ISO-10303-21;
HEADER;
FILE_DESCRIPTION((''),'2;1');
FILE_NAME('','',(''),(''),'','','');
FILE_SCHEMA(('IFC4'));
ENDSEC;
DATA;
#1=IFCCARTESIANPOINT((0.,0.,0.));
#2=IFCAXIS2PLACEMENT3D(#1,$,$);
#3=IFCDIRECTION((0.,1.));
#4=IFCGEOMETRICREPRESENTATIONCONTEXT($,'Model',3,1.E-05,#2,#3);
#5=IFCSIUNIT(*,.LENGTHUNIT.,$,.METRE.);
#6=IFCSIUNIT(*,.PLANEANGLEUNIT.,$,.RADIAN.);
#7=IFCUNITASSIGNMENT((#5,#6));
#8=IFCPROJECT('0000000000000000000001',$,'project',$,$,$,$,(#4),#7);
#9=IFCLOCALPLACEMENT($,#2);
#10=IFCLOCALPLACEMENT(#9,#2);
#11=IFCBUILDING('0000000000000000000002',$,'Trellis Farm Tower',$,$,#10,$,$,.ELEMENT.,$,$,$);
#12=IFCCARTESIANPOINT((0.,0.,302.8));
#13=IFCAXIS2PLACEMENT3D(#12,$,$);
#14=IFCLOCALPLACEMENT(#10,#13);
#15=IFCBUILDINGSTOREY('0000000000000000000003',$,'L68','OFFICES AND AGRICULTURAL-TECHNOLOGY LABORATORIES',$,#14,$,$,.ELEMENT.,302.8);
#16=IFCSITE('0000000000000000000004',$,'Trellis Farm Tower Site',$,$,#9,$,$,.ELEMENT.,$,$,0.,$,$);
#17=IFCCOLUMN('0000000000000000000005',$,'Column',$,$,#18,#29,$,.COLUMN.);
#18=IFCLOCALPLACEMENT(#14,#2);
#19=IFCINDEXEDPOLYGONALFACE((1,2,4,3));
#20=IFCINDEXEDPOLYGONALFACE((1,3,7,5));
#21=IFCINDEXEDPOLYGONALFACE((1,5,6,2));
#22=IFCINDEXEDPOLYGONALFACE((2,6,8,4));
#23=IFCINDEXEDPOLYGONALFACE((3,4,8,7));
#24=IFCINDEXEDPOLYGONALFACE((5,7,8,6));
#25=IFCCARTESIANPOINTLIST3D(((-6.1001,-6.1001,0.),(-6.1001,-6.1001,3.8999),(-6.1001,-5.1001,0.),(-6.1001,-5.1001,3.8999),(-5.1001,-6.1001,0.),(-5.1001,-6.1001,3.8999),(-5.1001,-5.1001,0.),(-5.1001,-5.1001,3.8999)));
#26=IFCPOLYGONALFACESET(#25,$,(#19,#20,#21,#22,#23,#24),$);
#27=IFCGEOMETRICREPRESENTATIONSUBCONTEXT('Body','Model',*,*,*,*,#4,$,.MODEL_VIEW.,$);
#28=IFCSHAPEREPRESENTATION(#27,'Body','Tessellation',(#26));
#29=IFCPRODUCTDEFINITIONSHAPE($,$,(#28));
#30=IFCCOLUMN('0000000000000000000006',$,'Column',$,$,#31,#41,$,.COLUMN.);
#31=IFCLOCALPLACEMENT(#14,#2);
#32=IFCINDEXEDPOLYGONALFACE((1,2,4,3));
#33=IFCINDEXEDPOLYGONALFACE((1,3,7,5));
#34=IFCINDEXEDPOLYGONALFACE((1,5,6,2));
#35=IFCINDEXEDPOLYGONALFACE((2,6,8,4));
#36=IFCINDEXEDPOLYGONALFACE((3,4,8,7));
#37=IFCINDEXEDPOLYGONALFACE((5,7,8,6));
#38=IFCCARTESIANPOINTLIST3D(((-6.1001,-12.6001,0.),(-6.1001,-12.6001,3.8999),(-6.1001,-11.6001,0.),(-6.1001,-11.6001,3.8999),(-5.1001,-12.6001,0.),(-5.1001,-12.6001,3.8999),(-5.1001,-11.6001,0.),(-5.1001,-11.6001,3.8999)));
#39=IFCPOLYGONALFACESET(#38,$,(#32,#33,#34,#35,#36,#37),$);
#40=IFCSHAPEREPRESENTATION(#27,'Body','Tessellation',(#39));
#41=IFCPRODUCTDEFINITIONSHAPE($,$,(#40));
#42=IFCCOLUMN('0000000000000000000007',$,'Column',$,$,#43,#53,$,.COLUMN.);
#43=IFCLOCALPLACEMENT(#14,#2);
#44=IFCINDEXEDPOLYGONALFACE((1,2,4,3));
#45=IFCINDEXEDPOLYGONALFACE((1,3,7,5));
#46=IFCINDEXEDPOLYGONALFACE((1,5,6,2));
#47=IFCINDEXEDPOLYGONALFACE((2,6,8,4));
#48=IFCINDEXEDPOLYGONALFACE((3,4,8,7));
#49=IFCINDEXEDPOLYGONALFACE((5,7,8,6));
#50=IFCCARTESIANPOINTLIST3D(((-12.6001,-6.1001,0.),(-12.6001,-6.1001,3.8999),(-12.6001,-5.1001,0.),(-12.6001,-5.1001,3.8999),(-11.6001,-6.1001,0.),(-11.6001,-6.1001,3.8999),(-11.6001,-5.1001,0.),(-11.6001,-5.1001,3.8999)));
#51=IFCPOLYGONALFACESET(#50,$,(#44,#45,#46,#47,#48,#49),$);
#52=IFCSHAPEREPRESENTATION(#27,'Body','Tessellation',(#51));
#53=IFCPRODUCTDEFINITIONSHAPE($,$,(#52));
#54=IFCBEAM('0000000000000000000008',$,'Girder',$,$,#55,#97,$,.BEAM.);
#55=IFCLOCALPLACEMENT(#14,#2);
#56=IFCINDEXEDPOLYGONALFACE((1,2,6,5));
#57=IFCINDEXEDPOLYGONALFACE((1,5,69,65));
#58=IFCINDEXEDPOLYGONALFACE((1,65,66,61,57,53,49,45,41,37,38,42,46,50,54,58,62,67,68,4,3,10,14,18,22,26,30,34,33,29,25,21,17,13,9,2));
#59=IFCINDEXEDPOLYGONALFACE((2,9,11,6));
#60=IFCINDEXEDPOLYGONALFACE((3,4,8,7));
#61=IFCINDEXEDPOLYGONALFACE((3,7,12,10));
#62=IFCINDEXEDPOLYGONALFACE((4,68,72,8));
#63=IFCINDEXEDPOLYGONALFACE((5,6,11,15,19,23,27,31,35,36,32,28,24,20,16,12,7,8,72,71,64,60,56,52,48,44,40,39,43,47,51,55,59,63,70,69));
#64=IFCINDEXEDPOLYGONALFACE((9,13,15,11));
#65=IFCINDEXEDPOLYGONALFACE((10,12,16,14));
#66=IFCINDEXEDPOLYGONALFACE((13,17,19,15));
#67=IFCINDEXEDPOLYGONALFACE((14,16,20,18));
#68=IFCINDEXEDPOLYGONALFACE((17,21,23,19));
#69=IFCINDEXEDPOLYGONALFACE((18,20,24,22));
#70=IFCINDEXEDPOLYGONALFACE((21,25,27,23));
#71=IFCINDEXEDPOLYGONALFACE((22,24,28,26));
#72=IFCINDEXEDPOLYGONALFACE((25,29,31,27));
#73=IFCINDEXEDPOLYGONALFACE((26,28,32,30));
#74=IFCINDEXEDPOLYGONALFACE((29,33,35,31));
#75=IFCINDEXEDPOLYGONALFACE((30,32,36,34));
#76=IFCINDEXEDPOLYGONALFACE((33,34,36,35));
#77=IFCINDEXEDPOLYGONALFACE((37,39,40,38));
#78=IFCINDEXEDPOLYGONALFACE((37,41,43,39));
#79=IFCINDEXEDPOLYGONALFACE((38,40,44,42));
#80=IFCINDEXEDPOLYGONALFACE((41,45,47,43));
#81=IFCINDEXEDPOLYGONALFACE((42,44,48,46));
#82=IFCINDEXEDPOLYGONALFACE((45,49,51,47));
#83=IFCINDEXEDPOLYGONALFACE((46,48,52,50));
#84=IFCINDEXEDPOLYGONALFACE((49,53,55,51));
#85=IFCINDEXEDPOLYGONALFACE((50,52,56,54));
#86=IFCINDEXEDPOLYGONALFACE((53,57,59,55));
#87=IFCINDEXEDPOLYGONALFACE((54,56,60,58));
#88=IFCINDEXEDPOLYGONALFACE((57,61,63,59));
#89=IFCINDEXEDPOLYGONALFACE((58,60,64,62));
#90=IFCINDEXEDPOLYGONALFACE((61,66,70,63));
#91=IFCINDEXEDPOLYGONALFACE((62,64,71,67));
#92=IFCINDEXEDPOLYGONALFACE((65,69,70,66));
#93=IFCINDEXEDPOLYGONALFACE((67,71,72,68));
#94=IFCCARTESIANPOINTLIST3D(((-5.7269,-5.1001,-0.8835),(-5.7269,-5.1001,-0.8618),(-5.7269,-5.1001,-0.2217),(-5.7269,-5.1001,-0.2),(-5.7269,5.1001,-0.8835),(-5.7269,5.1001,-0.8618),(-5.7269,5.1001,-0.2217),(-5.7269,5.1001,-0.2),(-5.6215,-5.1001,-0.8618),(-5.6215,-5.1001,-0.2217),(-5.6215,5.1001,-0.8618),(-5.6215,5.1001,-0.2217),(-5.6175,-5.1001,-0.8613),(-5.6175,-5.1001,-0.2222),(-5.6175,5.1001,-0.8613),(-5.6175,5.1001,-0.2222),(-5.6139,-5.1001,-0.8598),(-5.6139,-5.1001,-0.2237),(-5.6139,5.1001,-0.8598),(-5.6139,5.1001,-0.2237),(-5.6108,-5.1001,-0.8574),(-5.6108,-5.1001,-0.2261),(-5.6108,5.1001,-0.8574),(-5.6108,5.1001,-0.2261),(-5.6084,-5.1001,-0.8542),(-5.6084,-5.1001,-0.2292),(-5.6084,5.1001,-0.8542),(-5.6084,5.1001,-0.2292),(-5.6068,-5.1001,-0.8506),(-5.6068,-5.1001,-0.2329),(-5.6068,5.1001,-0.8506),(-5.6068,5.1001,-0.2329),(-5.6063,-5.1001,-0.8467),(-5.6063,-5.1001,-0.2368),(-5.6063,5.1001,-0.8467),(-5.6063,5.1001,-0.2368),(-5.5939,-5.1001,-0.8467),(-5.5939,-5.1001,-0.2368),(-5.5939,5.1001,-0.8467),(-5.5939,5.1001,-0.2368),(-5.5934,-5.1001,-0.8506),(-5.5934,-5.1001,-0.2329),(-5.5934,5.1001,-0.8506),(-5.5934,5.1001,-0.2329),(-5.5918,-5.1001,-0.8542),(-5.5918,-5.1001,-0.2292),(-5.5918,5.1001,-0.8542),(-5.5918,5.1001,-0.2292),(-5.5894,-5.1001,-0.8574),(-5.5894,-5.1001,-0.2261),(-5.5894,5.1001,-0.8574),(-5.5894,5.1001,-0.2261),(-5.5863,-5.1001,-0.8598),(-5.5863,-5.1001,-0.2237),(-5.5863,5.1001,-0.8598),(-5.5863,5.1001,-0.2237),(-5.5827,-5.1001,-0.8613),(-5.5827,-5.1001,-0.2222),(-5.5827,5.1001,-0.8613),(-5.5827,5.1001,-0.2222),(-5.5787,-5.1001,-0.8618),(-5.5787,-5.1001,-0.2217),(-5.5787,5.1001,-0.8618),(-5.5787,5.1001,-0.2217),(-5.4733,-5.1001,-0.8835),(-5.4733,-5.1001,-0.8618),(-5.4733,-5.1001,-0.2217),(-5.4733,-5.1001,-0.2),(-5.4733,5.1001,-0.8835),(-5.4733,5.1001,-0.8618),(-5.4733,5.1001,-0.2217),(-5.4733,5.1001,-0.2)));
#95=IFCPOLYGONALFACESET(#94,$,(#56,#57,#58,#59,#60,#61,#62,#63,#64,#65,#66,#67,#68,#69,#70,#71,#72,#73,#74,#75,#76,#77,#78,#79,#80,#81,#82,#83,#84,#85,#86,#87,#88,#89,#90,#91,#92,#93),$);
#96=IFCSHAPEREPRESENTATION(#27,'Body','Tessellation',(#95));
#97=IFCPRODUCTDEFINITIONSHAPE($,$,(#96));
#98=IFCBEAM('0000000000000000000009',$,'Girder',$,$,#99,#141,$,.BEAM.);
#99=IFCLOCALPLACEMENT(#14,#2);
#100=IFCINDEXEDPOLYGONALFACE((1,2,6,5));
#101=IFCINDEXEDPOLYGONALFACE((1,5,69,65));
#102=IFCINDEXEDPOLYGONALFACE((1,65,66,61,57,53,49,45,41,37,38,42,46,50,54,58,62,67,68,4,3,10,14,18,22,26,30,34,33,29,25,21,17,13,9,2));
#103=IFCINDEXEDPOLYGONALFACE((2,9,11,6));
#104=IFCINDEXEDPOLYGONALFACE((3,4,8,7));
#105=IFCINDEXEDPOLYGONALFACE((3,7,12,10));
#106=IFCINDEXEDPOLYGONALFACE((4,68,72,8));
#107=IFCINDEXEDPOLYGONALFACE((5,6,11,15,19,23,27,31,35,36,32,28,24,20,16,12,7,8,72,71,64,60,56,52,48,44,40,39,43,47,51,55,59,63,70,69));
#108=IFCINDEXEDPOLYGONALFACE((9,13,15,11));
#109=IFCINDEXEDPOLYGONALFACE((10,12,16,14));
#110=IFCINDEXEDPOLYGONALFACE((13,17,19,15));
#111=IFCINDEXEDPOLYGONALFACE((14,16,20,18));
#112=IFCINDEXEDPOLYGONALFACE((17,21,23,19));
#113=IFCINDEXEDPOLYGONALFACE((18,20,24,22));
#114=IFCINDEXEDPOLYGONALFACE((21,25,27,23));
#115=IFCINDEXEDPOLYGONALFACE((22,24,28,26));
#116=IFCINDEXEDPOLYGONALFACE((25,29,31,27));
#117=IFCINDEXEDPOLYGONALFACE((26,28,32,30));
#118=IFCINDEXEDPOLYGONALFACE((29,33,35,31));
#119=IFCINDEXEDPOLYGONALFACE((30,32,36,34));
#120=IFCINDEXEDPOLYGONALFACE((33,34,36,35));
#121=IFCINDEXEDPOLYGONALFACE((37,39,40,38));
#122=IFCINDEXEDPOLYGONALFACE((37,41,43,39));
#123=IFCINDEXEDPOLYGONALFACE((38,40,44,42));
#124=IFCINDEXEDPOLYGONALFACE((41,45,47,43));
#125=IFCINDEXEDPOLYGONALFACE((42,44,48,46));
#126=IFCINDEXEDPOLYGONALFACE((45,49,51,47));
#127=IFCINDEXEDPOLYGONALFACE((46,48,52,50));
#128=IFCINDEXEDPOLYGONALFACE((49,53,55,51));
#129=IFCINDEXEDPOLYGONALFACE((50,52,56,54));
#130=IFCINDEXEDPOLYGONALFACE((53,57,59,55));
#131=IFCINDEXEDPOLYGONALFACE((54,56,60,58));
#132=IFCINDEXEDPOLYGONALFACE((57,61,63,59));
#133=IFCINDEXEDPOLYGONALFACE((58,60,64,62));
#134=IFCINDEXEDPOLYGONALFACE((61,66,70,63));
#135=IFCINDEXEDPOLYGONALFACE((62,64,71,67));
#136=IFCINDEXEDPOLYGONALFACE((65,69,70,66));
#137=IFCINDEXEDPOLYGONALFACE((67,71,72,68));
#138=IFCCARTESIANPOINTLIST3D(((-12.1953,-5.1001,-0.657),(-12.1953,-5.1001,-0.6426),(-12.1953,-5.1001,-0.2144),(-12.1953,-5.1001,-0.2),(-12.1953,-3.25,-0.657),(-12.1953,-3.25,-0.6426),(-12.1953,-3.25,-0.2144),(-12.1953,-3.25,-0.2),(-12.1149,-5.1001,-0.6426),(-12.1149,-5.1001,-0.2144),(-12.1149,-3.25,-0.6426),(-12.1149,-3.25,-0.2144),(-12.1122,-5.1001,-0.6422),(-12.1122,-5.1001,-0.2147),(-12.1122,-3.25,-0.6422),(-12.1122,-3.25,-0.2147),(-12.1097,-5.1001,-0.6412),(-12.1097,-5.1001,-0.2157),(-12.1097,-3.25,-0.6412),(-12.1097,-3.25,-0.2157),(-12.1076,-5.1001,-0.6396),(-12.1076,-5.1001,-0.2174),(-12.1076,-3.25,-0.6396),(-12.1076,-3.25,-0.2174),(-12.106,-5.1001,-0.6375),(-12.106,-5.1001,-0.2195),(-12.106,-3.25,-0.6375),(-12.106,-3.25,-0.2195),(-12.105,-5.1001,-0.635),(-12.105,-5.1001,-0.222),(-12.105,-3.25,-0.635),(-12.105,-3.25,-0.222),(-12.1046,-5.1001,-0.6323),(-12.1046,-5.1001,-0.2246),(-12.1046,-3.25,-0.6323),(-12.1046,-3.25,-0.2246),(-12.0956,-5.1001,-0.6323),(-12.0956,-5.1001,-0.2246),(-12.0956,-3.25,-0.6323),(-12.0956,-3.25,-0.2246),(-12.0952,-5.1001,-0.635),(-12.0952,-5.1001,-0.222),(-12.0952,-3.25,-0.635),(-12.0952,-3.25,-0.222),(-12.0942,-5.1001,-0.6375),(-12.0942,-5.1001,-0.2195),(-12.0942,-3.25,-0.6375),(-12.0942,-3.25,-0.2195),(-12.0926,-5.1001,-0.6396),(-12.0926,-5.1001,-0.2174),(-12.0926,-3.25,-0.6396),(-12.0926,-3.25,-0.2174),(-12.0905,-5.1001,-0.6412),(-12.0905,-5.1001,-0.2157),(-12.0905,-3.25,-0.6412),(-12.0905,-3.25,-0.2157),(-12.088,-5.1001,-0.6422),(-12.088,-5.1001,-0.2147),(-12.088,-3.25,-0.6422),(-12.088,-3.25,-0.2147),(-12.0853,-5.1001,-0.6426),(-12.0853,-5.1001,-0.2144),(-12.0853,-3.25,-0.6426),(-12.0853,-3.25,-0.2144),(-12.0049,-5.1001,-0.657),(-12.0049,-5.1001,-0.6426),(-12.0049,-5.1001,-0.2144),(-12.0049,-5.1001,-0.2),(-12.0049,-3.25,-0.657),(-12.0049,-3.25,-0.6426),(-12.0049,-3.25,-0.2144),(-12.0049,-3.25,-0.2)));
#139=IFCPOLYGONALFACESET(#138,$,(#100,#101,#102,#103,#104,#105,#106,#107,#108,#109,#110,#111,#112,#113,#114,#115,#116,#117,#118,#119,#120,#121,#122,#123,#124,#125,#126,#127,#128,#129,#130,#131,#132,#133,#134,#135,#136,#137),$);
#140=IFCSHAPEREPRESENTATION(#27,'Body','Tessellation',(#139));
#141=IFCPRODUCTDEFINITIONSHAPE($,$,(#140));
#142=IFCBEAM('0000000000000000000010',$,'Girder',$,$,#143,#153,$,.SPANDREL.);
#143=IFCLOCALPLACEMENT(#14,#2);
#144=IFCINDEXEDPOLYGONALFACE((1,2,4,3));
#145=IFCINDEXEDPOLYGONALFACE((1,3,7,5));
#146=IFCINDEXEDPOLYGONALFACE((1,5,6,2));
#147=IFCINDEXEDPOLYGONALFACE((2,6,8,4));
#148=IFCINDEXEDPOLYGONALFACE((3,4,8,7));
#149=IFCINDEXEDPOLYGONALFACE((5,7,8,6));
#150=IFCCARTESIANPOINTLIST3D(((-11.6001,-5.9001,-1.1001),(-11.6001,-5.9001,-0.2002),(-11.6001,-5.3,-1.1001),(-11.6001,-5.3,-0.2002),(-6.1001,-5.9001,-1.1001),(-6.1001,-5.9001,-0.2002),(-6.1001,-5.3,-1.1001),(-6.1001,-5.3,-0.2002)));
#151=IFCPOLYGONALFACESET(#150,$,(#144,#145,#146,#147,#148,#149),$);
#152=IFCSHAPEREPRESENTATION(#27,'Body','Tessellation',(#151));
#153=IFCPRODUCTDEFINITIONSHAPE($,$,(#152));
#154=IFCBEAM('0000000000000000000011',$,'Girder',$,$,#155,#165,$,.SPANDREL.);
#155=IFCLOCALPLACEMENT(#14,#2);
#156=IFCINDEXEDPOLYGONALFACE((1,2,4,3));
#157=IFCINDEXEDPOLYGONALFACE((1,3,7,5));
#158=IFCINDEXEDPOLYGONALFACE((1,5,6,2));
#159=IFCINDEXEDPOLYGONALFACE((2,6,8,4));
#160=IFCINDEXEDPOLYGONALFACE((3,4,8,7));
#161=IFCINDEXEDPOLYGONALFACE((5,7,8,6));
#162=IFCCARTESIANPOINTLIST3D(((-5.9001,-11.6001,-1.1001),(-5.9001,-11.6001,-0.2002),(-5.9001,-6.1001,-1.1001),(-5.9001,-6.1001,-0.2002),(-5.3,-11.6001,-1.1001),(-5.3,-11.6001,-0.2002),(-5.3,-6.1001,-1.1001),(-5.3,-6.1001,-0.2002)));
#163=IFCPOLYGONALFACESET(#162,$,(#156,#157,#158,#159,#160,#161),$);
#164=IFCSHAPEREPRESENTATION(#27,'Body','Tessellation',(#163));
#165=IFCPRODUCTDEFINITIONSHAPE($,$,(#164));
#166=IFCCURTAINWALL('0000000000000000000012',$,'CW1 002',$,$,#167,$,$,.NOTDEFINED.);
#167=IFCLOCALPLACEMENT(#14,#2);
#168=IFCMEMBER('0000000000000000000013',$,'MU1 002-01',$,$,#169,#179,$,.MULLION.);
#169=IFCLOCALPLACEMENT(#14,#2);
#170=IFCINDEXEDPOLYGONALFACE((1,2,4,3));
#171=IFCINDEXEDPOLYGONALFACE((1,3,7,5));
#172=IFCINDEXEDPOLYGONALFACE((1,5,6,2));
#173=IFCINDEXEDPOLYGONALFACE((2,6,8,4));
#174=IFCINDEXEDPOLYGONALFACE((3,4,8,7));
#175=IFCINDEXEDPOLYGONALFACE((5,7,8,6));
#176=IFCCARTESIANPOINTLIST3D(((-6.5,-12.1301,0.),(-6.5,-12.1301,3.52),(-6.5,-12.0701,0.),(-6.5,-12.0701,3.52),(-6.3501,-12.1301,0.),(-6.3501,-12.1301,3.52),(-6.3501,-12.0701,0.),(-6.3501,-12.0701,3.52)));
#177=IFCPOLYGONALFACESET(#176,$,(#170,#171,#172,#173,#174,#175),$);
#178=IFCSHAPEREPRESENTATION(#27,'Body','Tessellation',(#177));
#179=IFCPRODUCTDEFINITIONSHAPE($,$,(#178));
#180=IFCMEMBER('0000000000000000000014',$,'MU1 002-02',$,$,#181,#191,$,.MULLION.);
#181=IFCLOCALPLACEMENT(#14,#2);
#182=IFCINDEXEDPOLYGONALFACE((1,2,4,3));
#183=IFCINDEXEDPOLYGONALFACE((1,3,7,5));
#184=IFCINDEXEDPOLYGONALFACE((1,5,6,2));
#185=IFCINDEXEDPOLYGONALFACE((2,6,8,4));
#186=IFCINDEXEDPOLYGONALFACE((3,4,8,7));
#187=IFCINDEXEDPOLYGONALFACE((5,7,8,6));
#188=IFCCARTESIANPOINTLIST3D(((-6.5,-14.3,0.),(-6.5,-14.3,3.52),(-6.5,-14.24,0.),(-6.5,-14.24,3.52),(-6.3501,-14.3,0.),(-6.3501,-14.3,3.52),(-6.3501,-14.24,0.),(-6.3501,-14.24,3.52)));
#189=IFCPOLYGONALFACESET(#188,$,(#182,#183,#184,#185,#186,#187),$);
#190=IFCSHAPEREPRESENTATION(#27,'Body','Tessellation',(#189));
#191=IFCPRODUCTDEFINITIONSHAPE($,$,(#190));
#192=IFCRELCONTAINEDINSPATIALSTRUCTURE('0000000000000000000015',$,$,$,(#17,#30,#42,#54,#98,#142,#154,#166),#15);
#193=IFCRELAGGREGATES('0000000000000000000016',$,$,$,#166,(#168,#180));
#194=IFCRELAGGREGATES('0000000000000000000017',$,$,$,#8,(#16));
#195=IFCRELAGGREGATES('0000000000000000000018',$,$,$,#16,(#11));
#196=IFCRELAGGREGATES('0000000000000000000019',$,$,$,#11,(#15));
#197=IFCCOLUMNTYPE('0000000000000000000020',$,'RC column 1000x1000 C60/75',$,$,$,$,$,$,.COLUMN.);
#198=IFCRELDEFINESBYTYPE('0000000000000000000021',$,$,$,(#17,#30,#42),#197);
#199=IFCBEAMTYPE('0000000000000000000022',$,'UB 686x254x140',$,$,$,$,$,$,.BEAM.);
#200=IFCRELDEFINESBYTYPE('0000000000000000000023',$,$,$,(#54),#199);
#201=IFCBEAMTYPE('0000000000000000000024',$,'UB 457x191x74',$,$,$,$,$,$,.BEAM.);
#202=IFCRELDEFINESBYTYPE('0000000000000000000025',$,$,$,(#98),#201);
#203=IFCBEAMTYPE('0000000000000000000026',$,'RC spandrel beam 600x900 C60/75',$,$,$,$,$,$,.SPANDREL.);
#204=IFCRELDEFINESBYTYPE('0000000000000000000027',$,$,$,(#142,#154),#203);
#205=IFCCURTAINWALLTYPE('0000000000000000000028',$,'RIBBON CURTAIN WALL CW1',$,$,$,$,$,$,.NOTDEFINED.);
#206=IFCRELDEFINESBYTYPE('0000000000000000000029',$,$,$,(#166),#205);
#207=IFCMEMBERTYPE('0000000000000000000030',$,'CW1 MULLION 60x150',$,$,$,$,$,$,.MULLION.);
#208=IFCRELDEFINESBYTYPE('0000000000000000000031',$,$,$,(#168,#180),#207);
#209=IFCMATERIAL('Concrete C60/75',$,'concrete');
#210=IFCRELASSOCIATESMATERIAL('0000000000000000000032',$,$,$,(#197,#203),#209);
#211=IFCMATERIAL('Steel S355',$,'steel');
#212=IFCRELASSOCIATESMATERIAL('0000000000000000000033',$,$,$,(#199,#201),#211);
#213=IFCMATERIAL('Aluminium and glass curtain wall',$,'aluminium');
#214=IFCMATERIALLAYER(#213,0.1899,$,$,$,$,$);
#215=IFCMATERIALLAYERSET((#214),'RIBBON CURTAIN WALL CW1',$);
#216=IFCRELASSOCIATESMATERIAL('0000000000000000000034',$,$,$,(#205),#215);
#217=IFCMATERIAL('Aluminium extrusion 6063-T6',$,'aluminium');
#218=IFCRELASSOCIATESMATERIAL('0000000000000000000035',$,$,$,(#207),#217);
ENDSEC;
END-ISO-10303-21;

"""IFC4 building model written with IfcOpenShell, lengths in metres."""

from ifc_helpers import new_model, si_unit, direction, frame, origin, origin_2d, place, context, subcontext, project, spatial, rectangle, i_section, extrude, source, transform, mapped, material, layer, layer_set, material_profile, profile_set, type_object, element, aggregate, save


model = new_model("IFC4")

# Units and contexts
model_context = context("Model", 3, precision=1e-05, world=origin(), true_north=direction((0.0, 1.0)))
body_context = subcontext(model_context, "Body", "Model", "MODEL_VIEW")
ifc_project = project(units=[si_unit("LENGTHUNIT", "METRE"), si_unit("PLANEANGLEUNIT", "RADIAN")], contexts=[model_context])

# Site, building, storey
site_placement = place(None, origin())
site = spatial("IfcSite", under=ifc_project, at=site_placement, Name="Trellis Farm Tower Site", CompositionType="ELEMENT", RefElevation=0.0)
building_placement = place(site_placement, origin())
building = spatial("IfcBuilding", under=site, at=building_placement, Name="Trellis Farm Tower", CompositionType="ELEMENT")
storey_placement = place(building_placement, frame((0.0, 0.0, 302.8)))
storey = spatial("IfcBuildingStorey", under=building, at=storey_placement, Name="L68", Description="OFFICES AND AGRICULTURAL-TECHNOLOGY LABORATORIES", CompositionType="ELEMENT", Elevation=302.8)

# Columns
ifc_material_1 = material(Name="Concrete C60/75", Category="concrete")
ifc_material_profile_1 = material_profile(ifc_material_1, rectangle(XDim=1.0, YDim=1.0, at=origin_2d()), Name="RC column 1000x1000 C60/75")
ifc_profile_set_1 = profile_set([ifc_material_profile_1], Name="Concrete C60/75")
column_type = type_object("IfcColumnType", Name="RC column 1000x1000 C60/75", PredefinedType="COLUMN", material=ifc_profile_set_1)
shared_shape_1 = source(origin(), body_context, "Body", "SweptSolid", [
    extrude(rectangle(XDim=1.0, YDim=1.0, at=origin_2d()), origin(), (0.0, 0.0, 1.0), 3.8999),
])
for number, where, z_axis, x_axis, name in (
    (1, (-5.6001, -5.6001, 0.0), (0.0, 0.0, 1.0), (1.0, 0.0, 0.0), "Column"),
    (2, (-5.6001, -12.1001, 0.0), (0.0, 0.0, 1.0), (1.0, 0.0, 0.0), "Column"),
    (3, (-12.1001, -5.6001, 0.0), (0.0, 0.0, 1.0), (1.0, 0.0, 0.0), "Column"),
):
    element("IfcColumn", number, at=place(storey_placement, frame(where, z_axis=z_axis, x_axis=x_axis)), inside=storey, type_object=column_type, Name=name, PredefinedType="COLUMN", context=body_context, shape_type="MappedRepresentation", body=[
        mapped(shared_shape_1, transform((0.0, 0.0, 0.0))),
    ])

# Beams
ifc_material_2 = material(Name="Steel S355", Category="steel")
ifc_material_profile_2 = material_profile(ifc_material_2, i_section(OverallWidth=0.2537, OverallDepth=0.6836, WebThickness=0.0125, FlangeThickness=0.0217, FilletRadius=0.0151, at=origin_2d()), Name="UB 686x254x140")
ifc_profile_set_2 = profile_set([ifc_material_profile_2], Name="Steel S355")
beam_type_1 = type_object("IfcBeamType", Name="UB 686x254x140", PredefinedType="BEAM", material=ifc_profile_set_2)
shared_shape_2 = source(origin(), body_context, "Body", "SweptSolid", [
    extrude(i_section(OverallWidth=0.2537, OverallDepth=0.6836, WebThickness=0.0125, FlangeThickness=0.0217, FilletRadius=0.0151, at=origin_2d()), origin(), (0.0, 0.0, 1.0), 10.2002),
])
beam_1_placement = place(storey_placement, frame((-5.6001, -5.1001, -0.5417), z_axis=(0.0, 1.0, 0.0), x_axis=(-1.0, 0.0, 0.0)))
element("IfcBeam", 4, at=beam_1_placement, inside=storey, type_object=beam_type_1, Name="Girder", PredefinedType="BEAM", context=body_context, shape_type="MappedRepresentation", body=[
    mapped(shared_shape_2, transform((0.0, 0.0, 0.0))),
])
ifc_material_profile_3 = material_profile(ifc_material_2, i_section(OverallWidth=0.1904, OverallDepth=0.457, WebThickness=0.009, FlangeThickness=0.0144, FilletRadius=0.0103, at=origin_2d()), Name="UB 457x191x74")
ifc_profile_set_3 = profile_set([ifc_material_profile_3], Name="Steel S355")
beam_type_2 = type_object("IfcBeamType", Name="UB 457x191x74", PredefinedType="BEAM", material=ifc_profile_set_3)
shared_shape_3 = source(origin(), body_context, "Body", "SweptSolid", [
    extrude(i_section(OverallWidth=0.1904, OverallDepth=0.457, WebThickness=0.009, FlangeThickness=0.0144, FilletRadius=0.0103, at=origin_2d()), origin(), (0.0, 0.0, 1.0), 1.8501),
])
beam_2_placement = place(storey_placement, frame((-12.1001, -5.1001, -0.4285), z_axis=(0.0, 1.0, 0.0), x_axis=(-1.0, 0.0, 0.0)))
element("IfcBeam", 5, at=beam_2_placement, inside=storey, type_object=beam_type_2, Name="Girder", PredefinedType="BEAM", context=body_context, shape_type="MappedRepresentation", body=[
    mapped(shared_shape_3, transform((0.0, 0.0, 0.0))),
])
ifc_material_profile_4 = material_profile(ifc_material_1, rectangle(XDim=0.6001, YDim=0.8999, at=origin_2d()), Name="RC spandrel beam 600x900 C60/75")
ifc_profile_set_4 = profile_set([ifc_material_profile_4], Name="Concrete C60/75")
beam_type_3 = type_object("IfcBeamType", Name="RC spandrel beam 600x900 C60/75", PredefinedType="SPANDREL", material=ifc_profile_set_4)
shared_shape_4 = source(origin(), body_context, "Body", "SweptSolid", [
    extrude(rectangle(XDim=0.6001, YDim=0.8999, at=origin_2d()), origin(), (0.0, 0.0, 1.0), 5.5),
])
for number, where, z_axis, x_axis, name in (
    (6, (-11.6001, -5.6001, -0.6501), (1.0, 0.0, 0.0), (0.0, 1.0, 0.0), "Girder"),
    (7, (-5.6001, -11.6001, -0.6501), (0.0, 1.0, 0.0), (-1.0, 0.0, 0.0), "Girder"),
):
    element("IfcBeam", number, at=place(storey_placement, frame(where, z_axis=z_axis, x_axis=x_axis)), inside=storey, type_object=beam_type_3, Name=name, PredefinedType="SPANDREL", context=body_context, shape_type="MappedRepresentation", body=[
        mapped(shared_shape_4, transform((0.0, 0.0, 0.0))),
    ])

# Curtain wall, members
ifc_material_3 = material(Name="Aluminium and glass curtain wall", Category="aluminium")
ifc_layer_1 = layer(ifc_material_3, 0.1899)
ifc_layer_set_1 = layer_set([ifc_layer_1], Name="RIBBON CURTAIN WALL CW1")
curtain_wall_type_1 = type_object("IfcCurtainWallType", Name="RIBBON CURTAIN WALL CW1", PredefinedType="NOTDEFINED", material=ifc_layer_set_1)
placement = place(storey_placement, origin())
curtain_wall_1 = element("IfcCurtainWall", 8, at=placement, inside=storey, type_object=curtain_wall_type_1, Name="CW1 002", PredefinedType="NOTDEFINED")
ifc_material_4 = material(Name="Aluminium extrusion 6063-T6", Category="aluminium")
ifc_material_profile_5 = material_profile(ifc_material_4, rectangle(XDim=0.0601, YDim=0.1499, at=origin_2d()), Name="MULLION 60x150")
ifc_profile_set_5 = profile_set([ifc_material_profile_5], Name="Aluminium extrusion 6063-T6")
member_type_1 = type_object("IfcMemberType", Name="CW1 MULLION 60x150", PredefinedType="MULLION", material=ifc_profile_set_5)
shared_shape_5 = source(origin(), body_context, "Body", "SweptSolid", [
    extrude(rectangle(XDim=0.0601, YDim=0.1499, at=origin_2d()), origin(), (0.0, 0.0, 1.0), 3.52),
])
member_1_placement = place(storey_placement, frame((-6.425, -12.1001, 0.0), z_axis=(0.0, 0.0, 1.0), x_axis=(0.0, -1.0, 0.0)))
member_1 = element("IfcMember", 9, at=member_1_placement, type_object=member_type_1, Name="MU1 002-01", PredefinedType="MULLION", context=body_context, shape_type="MappedRepresentation", body=[
    mapped(shared_shape_5, transform((0.0, 0.0, 0.0))),
])
member_2_placement = place(storey_placement, frame((-6.425, -14.27, 0.0), z_axis=(0.0, 0.0, 1.0), x_axis=(0.0, -1.0, 0.0)))
member_2 = element("IfcMember", 10, at=member_2_placement, type_object=member_type_1, Name="MU1 002-02", PredefinedType="MULLION", context=body_context, shape_type="MappedRepresentation", body=[
    mapped(shared_shape_5, transform((0.0, 0.0, 0.0))),
])
aggregate(curtain_wall_1, [member_1, member_2])

save(model, "model.ifc")
